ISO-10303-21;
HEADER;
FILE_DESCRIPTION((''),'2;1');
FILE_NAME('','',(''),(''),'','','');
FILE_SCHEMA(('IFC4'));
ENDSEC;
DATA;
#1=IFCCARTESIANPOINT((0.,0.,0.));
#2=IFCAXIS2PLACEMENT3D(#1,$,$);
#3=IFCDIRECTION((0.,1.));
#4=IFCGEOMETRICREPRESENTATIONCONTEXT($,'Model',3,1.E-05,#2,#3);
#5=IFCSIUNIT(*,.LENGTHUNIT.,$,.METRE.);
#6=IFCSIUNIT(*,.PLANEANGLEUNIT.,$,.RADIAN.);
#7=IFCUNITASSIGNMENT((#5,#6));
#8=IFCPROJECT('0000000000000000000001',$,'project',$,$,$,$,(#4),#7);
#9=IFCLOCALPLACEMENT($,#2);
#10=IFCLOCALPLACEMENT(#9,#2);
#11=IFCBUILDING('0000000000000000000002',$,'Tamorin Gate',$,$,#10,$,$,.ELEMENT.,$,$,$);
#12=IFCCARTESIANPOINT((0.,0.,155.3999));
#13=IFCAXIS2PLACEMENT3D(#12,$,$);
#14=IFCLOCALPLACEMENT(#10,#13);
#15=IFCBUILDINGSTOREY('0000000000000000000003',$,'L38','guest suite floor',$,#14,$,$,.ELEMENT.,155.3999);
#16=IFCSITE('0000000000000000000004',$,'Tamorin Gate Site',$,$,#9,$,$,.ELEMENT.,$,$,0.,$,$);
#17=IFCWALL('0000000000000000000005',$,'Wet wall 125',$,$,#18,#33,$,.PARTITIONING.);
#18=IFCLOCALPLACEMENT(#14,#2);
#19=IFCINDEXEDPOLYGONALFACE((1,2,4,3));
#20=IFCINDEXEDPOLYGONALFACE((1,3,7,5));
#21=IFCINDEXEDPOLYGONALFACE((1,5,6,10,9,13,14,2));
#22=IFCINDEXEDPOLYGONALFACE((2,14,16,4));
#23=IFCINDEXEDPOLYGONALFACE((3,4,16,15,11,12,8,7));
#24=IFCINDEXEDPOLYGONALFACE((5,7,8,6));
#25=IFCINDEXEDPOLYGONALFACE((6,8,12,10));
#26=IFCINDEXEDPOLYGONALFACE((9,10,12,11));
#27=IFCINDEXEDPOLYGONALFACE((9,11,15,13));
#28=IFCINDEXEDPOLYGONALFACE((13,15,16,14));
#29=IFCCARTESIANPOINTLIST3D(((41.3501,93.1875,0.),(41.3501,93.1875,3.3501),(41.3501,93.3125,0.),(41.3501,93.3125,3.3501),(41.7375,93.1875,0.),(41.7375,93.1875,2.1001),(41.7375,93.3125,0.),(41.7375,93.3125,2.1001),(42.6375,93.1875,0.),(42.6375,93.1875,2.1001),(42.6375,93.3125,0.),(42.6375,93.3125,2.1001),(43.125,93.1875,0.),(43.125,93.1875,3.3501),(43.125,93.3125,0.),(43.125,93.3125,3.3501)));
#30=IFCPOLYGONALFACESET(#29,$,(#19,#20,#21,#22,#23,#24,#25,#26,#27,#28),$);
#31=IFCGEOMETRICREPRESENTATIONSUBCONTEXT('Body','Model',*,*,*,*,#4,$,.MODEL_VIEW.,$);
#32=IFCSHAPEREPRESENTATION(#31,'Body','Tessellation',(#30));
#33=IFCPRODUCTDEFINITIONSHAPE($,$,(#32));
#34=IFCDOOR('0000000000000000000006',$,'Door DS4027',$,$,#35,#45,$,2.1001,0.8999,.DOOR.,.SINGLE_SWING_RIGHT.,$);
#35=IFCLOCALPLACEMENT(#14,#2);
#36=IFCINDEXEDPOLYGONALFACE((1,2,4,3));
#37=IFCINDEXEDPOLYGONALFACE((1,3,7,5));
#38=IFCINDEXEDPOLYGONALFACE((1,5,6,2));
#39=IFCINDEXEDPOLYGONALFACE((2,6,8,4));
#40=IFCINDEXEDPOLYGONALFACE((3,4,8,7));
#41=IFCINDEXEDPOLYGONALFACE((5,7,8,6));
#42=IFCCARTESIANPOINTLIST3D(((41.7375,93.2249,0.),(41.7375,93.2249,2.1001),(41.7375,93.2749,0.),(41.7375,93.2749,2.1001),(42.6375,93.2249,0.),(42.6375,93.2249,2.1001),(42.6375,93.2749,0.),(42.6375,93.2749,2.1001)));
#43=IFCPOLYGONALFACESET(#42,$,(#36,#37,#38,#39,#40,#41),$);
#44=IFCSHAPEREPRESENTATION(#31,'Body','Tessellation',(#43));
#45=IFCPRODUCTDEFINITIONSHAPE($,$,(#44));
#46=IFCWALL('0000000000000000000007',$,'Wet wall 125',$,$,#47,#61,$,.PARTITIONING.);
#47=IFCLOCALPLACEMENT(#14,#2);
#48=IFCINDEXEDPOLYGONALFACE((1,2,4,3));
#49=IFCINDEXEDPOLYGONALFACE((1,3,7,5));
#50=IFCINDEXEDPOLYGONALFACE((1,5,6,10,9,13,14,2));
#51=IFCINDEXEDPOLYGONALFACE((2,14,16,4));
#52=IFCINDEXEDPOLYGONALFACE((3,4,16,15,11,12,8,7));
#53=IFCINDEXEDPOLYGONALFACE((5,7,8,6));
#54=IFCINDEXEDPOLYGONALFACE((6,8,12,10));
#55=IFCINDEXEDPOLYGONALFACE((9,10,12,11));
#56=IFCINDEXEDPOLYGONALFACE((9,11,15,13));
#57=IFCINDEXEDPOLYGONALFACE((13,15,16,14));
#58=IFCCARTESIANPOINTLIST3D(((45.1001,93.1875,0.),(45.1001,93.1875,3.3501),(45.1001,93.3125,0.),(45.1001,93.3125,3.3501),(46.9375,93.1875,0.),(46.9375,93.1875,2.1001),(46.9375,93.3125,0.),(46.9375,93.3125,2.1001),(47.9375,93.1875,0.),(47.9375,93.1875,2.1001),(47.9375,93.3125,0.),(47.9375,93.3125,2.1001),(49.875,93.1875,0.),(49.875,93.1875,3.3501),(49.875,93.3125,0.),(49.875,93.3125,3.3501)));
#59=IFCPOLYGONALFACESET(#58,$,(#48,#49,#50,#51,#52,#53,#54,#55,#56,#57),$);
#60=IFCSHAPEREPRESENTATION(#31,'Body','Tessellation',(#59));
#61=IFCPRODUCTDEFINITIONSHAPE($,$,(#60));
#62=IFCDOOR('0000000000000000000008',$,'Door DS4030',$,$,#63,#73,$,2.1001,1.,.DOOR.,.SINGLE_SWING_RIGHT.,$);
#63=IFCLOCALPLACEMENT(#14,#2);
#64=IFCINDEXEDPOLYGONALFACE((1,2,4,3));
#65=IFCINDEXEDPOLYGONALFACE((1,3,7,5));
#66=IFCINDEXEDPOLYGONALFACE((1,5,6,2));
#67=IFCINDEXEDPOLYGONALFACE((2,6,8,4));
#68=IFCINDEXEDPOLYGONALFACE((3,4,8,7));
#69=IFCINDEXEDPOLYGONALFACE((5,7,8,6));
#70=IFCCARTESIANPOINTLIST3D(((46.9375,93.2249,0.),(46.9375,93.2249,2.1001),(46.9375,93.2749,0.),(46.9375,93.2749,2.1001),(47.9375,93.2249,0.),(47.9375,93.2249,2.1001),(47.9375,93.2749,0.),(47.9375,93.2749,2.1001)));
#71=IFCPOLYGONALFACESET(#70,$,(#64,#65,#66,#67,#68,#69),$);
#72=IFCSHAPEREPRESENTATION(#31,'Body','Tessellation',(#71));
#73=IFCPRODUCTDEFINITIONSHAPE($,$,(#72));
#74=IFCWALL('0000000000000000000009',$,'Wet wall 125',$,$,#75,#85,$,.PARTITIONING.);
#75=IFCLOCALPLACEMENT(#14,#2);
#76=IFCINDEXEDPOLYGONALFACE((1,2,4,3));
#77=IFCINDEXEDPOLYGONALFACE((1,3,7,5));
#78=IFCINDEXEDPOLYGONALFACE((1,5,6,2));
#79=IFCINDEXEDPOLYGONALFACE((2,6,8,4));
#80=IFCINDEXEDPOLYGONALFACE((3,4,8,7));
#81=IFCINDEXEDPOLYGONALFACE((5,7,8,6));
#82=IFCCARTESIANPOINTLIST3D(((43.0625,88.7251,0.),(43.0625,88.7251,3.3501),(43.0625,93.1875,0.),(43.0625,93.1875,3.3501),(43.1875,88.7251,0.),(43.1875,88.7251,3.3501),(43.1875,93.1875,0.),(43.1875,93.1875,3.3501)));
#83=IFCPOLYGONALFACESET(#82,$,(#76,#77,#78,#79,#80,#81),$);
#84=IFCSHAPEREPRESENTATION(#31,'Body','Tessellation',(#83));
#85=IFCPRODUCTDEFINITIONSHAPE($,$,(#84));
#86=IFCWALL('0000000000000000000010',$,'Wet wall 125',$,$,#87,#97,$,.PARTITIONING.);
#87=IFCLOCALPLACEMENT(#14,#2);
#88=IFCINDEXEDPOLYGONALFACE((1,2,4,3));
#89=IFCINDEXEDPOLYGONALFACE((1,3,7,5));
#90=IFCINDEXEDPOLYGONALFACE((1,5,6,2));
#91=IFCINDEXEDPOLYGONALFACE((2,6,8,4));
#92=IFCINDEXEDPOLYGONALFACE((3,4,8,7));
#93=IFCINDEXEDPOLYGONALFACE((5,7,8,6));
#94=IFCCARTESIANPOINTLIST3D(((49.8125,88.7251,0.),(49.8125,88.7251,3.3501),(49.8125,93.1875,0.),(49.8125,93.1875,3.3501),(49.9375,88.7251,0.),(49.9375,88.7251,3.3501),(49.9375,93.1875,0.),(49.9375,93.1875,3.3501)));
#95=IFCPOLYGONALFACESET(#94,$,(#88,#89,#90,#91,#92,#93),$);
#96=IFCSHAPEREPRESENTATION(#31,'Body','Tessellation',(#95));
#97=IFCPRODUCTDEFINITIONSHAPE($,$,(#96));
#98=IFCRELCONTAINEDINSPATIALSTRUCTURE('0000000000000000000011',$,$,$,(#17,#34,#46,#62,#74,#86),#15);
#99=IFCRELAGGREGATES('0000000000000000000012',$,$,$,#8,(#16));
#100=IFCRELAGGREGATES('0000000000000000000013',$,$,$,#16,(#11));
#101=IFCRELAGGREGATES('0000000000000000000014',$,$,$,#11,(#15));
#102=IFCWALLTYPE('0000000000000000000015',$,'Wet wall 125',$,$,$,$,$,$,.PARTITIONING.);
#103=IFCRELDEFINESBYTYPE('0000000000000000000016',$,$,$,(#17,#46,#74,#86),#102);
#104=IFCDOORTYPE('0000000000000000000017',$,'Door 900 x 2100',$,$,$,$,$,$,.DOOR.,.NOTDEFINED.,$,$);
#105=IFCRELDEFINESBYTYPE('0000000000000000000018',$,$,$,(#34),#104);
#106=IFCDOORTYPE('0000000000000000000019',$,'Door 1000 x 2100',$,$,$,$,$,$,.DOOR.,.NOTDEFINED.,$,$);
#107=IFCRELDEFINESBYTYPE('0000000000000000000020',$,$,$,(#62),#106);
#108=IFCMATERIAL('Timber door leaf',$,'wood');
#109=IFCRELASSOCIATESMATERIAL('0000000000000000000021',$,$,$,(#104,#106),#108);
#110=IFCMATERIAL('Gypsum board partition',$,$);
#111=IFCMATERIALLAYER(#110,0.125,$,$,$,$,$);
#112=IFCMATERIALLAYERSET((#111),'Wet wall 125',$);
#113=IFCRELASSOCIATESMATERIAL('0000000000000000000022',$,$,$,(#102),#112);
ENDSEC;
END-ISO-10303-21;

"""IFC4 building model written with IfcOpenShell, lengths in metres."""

from ifc_helpers import new_model, si_unit, direction, frame, frame_2d, origin, place, context, subcontext, project, spatial, rectangle, extrude, material, layer, layer_set, type_object, element, fill, save


model = new_model("IFC4")

# Units and contexts
model_context = context("Model", 3, precision=1e-05, world=origin(), true_north=direction((0.0, 1.0)))
body_context = subcontext(model_context, "Body", "Model", "MODEL_VIEW")
ifc_project = project(units=[si_unit("LENGTHUNIT", "METRE"), si_unit("PLANEANGLEUNIT", "RADIAN")], contexts=[model_context])

# Site, building, storey
site_placement = place(None, origin())
site = spatial("IfcSite", under=ifc_project, at=site_placement, Name="Tamorin Gate Site", CompositionType="ELEMENT", RefElevation=0.0)
building_placement = place(site_placement, origin())
building = spatial("IfcBuilding", under=site, at=building_placement, Name="Tamorin Gate", CompositionType="ELEMENT")
storey_placement = place(building_placement, frame((0.0, 0.0, 155.3999)))
storey = spatial("IfcBuildingStorey", under=building, at=storey_placement, Name="L38", Description="guest suite floor", CompositionType="ELEMENT", Elevation=155.3999)

# Shared definitions
ifc_material_1 = material(Name="Gypsum board partition")

# Walls, openings, doors
ifc_material_2 = material(Name="Timber door leaf", Category="wood")
door_type_1 = type_object("IfcDoorType", Name="Door 900 x 2100", OperationType="NOTDEFINED", PredefinedType="DOOR", material=ifc_material_2)
ifc_layer_1 = layer(ifc_material_1, 0.125)
ifc_layer_set_1 = layer_set([ifc_layer_1], Name="Wet wall 125")
wall_type_1 = type_object("IfcWallType", Name="Wet wall 125", PredefinedType="PARTITIONING", material=ifc_layer_set_1)
wall_1_placement = place(storey_placement, frame((41.3501, 93.25, 0.0), z_axis=(0.0, 0.0, 1.0), x_axis=(1.0, 0.0, 0.0)))
wall_1 = element("IfcWall", 1, at=wall_1_placement, inside=storey, type_object=wall_type_1, Name="Wet wall 125", PredefinedType="PARTITIONING", context=body_context, shape_type="SweptSolid", body=[
    extrude(rectangle(XDim=1.7749, YDim=0.125, at=frame_2d((0.8875, 0.0))), origin(), (0.0, 0.0, 1.0), 3.3501),
])
opening_1_placement = place(wall_1_placement, frame((0.3875, 0.0, 0.0)))
opening_1 = element("IfcOpeningElement", 2, at=opening_1_placement, cuts=wall_1, PredefinedType="OPENING", context=body_context, shape_type="SweptSolid", body=[
    extrude(rectangle(XDim=0.8999, YDim=2.1001, at=frame_2d((0.45, 1.05))), frame((0.0, 0.0725, 0.0), z_axis=(0.0, -1.0, 0.0), x_axis=(1.0, 0.0, 0.0)), (0.0, 0.0, 1.0), 0.145),
])
door_1_placement = place(opening_1_placement, origin())
door_1 = element("IfcDoor", 3, at=door_1_placement, inside=storey, type_object=door_type_1, Name="Door DS4027", OperationType="SINGLE_SWING_RIGHT", OverallHeight=2.1001, OverallWidth=0.8999, PredefinedType="DOOR", context=body_context, shape_type="SweptSolid", body=[
    extrude(rectangle(XDim=0.8999, YDim=2.1001, at=frame_2d((0.45, 1.05))), frame((0.0, 0.0249, 0.0), z_axis=(0.0, -1.0, 0.0), x_axis=(1.0, 0.0, 0.0)), (0.0, 0.0, 1.0), 0.05),
])
fill(opening_1, door_1)
wall_2_placement = place(storey_placement, frame((45.1001, 93.25, 0.0), z_axis=(0.0, 0.0, 1.0), x_axis=(1.0, 0.0, 0.0)))
wall_2 = element("IfcWall", 4, at=wall_2_placement, inside=storey, type_object=wall_type_1, Name="Wet wall 125", PredefinedType="PARTITIONING", context=body_context, shape_type="SweptSolid", body=[
    extrude(rectangle(XDim=4.7749, YDim=0.125, at=frame_2d((2.3875, 0.0))), origin(), (0.0, 0.0, 1.0), 3.3501),
])
opening_2_placement = place(wall_2_placement, frame((1.8374, 0.0, 0.0)))
opening_2 = element("IfcOpeningElement", 5, at=opening_2_placement, cuts=wall_2, PredefinedType="OPENING", context=body_context, shape_type="SweptSolid", body=[
    extrude(rectangle(XDim=1.0, YDim=2.1001, at=frame_2d((0.5, 1.05))), frame((0.0, 0.0725, 0.0), z_axis=(0.0, -1.0, 0.0), x_axis=(1.0, 0.0, 0.0)), (0.0, 0.0, 1.0), 0.145),
])
door_type_2 = type_object("IfcDoorType", Name="Door 1000 x 2100", OperationType="NOTDEFINED", PredefinedType="DOOR", material=ifc_material_2)
door_2_placement = place(opening_2_placement, origin())
door_2 = element("IfcDoor", 6, at=door_2_placement, inside=storey, type_object=door_type_2, Name="Door DS4030", OperationType="SINGLE_SWING_RIGHT", OverallHeight=2.1001, OverallWidth=1.0, PredefinedType="DOOR", context=body_context, shape_type="SweptSolid", body=[
    extrude(rectangle(XDim=1.0, YDim=2.1001, at=frame_2d((0.5, 1.05))), frame((0.0, 0.0249, 0.0), z_axis=(0.0, -1.0, 0.0), x_axis=(1.0, 0.0, 0.0)), (0.0, 0.0, 1.0), 0.05),
])
fill(opening_2, door_2)

# Walls
for number, where, z_axis, x_axis, name in (
    (7, (43.125, 88.7251, 0.0), (0.0, 0.0, 1.0), (0.0, 1.0, 0.0), "Wet wall 125"),
    (8, (49.875, 88.7251, 0.0), (0.0, 0.0, 1.0), (0.0, 1.0, 0.0), "Wet wall 125"),
):
    element("IfcWall", number, at=place(storey_placement, frame(where, z_axis=z_axis, x_axis=x_axis)), inside=storey, type_object=wall_type_1, Name=name, PredefinedType="PARTITIONING", context=body_context, shape_type="SweptSolid", body=[
        extrude(rectangle(XDim=4.4624, YDim=0.125, at=frame_2d((2.2312, 0.0))), origin(), (0.0, 0.0, 1.0), 3.3501),
    ])

save(model, "model.ifc")
